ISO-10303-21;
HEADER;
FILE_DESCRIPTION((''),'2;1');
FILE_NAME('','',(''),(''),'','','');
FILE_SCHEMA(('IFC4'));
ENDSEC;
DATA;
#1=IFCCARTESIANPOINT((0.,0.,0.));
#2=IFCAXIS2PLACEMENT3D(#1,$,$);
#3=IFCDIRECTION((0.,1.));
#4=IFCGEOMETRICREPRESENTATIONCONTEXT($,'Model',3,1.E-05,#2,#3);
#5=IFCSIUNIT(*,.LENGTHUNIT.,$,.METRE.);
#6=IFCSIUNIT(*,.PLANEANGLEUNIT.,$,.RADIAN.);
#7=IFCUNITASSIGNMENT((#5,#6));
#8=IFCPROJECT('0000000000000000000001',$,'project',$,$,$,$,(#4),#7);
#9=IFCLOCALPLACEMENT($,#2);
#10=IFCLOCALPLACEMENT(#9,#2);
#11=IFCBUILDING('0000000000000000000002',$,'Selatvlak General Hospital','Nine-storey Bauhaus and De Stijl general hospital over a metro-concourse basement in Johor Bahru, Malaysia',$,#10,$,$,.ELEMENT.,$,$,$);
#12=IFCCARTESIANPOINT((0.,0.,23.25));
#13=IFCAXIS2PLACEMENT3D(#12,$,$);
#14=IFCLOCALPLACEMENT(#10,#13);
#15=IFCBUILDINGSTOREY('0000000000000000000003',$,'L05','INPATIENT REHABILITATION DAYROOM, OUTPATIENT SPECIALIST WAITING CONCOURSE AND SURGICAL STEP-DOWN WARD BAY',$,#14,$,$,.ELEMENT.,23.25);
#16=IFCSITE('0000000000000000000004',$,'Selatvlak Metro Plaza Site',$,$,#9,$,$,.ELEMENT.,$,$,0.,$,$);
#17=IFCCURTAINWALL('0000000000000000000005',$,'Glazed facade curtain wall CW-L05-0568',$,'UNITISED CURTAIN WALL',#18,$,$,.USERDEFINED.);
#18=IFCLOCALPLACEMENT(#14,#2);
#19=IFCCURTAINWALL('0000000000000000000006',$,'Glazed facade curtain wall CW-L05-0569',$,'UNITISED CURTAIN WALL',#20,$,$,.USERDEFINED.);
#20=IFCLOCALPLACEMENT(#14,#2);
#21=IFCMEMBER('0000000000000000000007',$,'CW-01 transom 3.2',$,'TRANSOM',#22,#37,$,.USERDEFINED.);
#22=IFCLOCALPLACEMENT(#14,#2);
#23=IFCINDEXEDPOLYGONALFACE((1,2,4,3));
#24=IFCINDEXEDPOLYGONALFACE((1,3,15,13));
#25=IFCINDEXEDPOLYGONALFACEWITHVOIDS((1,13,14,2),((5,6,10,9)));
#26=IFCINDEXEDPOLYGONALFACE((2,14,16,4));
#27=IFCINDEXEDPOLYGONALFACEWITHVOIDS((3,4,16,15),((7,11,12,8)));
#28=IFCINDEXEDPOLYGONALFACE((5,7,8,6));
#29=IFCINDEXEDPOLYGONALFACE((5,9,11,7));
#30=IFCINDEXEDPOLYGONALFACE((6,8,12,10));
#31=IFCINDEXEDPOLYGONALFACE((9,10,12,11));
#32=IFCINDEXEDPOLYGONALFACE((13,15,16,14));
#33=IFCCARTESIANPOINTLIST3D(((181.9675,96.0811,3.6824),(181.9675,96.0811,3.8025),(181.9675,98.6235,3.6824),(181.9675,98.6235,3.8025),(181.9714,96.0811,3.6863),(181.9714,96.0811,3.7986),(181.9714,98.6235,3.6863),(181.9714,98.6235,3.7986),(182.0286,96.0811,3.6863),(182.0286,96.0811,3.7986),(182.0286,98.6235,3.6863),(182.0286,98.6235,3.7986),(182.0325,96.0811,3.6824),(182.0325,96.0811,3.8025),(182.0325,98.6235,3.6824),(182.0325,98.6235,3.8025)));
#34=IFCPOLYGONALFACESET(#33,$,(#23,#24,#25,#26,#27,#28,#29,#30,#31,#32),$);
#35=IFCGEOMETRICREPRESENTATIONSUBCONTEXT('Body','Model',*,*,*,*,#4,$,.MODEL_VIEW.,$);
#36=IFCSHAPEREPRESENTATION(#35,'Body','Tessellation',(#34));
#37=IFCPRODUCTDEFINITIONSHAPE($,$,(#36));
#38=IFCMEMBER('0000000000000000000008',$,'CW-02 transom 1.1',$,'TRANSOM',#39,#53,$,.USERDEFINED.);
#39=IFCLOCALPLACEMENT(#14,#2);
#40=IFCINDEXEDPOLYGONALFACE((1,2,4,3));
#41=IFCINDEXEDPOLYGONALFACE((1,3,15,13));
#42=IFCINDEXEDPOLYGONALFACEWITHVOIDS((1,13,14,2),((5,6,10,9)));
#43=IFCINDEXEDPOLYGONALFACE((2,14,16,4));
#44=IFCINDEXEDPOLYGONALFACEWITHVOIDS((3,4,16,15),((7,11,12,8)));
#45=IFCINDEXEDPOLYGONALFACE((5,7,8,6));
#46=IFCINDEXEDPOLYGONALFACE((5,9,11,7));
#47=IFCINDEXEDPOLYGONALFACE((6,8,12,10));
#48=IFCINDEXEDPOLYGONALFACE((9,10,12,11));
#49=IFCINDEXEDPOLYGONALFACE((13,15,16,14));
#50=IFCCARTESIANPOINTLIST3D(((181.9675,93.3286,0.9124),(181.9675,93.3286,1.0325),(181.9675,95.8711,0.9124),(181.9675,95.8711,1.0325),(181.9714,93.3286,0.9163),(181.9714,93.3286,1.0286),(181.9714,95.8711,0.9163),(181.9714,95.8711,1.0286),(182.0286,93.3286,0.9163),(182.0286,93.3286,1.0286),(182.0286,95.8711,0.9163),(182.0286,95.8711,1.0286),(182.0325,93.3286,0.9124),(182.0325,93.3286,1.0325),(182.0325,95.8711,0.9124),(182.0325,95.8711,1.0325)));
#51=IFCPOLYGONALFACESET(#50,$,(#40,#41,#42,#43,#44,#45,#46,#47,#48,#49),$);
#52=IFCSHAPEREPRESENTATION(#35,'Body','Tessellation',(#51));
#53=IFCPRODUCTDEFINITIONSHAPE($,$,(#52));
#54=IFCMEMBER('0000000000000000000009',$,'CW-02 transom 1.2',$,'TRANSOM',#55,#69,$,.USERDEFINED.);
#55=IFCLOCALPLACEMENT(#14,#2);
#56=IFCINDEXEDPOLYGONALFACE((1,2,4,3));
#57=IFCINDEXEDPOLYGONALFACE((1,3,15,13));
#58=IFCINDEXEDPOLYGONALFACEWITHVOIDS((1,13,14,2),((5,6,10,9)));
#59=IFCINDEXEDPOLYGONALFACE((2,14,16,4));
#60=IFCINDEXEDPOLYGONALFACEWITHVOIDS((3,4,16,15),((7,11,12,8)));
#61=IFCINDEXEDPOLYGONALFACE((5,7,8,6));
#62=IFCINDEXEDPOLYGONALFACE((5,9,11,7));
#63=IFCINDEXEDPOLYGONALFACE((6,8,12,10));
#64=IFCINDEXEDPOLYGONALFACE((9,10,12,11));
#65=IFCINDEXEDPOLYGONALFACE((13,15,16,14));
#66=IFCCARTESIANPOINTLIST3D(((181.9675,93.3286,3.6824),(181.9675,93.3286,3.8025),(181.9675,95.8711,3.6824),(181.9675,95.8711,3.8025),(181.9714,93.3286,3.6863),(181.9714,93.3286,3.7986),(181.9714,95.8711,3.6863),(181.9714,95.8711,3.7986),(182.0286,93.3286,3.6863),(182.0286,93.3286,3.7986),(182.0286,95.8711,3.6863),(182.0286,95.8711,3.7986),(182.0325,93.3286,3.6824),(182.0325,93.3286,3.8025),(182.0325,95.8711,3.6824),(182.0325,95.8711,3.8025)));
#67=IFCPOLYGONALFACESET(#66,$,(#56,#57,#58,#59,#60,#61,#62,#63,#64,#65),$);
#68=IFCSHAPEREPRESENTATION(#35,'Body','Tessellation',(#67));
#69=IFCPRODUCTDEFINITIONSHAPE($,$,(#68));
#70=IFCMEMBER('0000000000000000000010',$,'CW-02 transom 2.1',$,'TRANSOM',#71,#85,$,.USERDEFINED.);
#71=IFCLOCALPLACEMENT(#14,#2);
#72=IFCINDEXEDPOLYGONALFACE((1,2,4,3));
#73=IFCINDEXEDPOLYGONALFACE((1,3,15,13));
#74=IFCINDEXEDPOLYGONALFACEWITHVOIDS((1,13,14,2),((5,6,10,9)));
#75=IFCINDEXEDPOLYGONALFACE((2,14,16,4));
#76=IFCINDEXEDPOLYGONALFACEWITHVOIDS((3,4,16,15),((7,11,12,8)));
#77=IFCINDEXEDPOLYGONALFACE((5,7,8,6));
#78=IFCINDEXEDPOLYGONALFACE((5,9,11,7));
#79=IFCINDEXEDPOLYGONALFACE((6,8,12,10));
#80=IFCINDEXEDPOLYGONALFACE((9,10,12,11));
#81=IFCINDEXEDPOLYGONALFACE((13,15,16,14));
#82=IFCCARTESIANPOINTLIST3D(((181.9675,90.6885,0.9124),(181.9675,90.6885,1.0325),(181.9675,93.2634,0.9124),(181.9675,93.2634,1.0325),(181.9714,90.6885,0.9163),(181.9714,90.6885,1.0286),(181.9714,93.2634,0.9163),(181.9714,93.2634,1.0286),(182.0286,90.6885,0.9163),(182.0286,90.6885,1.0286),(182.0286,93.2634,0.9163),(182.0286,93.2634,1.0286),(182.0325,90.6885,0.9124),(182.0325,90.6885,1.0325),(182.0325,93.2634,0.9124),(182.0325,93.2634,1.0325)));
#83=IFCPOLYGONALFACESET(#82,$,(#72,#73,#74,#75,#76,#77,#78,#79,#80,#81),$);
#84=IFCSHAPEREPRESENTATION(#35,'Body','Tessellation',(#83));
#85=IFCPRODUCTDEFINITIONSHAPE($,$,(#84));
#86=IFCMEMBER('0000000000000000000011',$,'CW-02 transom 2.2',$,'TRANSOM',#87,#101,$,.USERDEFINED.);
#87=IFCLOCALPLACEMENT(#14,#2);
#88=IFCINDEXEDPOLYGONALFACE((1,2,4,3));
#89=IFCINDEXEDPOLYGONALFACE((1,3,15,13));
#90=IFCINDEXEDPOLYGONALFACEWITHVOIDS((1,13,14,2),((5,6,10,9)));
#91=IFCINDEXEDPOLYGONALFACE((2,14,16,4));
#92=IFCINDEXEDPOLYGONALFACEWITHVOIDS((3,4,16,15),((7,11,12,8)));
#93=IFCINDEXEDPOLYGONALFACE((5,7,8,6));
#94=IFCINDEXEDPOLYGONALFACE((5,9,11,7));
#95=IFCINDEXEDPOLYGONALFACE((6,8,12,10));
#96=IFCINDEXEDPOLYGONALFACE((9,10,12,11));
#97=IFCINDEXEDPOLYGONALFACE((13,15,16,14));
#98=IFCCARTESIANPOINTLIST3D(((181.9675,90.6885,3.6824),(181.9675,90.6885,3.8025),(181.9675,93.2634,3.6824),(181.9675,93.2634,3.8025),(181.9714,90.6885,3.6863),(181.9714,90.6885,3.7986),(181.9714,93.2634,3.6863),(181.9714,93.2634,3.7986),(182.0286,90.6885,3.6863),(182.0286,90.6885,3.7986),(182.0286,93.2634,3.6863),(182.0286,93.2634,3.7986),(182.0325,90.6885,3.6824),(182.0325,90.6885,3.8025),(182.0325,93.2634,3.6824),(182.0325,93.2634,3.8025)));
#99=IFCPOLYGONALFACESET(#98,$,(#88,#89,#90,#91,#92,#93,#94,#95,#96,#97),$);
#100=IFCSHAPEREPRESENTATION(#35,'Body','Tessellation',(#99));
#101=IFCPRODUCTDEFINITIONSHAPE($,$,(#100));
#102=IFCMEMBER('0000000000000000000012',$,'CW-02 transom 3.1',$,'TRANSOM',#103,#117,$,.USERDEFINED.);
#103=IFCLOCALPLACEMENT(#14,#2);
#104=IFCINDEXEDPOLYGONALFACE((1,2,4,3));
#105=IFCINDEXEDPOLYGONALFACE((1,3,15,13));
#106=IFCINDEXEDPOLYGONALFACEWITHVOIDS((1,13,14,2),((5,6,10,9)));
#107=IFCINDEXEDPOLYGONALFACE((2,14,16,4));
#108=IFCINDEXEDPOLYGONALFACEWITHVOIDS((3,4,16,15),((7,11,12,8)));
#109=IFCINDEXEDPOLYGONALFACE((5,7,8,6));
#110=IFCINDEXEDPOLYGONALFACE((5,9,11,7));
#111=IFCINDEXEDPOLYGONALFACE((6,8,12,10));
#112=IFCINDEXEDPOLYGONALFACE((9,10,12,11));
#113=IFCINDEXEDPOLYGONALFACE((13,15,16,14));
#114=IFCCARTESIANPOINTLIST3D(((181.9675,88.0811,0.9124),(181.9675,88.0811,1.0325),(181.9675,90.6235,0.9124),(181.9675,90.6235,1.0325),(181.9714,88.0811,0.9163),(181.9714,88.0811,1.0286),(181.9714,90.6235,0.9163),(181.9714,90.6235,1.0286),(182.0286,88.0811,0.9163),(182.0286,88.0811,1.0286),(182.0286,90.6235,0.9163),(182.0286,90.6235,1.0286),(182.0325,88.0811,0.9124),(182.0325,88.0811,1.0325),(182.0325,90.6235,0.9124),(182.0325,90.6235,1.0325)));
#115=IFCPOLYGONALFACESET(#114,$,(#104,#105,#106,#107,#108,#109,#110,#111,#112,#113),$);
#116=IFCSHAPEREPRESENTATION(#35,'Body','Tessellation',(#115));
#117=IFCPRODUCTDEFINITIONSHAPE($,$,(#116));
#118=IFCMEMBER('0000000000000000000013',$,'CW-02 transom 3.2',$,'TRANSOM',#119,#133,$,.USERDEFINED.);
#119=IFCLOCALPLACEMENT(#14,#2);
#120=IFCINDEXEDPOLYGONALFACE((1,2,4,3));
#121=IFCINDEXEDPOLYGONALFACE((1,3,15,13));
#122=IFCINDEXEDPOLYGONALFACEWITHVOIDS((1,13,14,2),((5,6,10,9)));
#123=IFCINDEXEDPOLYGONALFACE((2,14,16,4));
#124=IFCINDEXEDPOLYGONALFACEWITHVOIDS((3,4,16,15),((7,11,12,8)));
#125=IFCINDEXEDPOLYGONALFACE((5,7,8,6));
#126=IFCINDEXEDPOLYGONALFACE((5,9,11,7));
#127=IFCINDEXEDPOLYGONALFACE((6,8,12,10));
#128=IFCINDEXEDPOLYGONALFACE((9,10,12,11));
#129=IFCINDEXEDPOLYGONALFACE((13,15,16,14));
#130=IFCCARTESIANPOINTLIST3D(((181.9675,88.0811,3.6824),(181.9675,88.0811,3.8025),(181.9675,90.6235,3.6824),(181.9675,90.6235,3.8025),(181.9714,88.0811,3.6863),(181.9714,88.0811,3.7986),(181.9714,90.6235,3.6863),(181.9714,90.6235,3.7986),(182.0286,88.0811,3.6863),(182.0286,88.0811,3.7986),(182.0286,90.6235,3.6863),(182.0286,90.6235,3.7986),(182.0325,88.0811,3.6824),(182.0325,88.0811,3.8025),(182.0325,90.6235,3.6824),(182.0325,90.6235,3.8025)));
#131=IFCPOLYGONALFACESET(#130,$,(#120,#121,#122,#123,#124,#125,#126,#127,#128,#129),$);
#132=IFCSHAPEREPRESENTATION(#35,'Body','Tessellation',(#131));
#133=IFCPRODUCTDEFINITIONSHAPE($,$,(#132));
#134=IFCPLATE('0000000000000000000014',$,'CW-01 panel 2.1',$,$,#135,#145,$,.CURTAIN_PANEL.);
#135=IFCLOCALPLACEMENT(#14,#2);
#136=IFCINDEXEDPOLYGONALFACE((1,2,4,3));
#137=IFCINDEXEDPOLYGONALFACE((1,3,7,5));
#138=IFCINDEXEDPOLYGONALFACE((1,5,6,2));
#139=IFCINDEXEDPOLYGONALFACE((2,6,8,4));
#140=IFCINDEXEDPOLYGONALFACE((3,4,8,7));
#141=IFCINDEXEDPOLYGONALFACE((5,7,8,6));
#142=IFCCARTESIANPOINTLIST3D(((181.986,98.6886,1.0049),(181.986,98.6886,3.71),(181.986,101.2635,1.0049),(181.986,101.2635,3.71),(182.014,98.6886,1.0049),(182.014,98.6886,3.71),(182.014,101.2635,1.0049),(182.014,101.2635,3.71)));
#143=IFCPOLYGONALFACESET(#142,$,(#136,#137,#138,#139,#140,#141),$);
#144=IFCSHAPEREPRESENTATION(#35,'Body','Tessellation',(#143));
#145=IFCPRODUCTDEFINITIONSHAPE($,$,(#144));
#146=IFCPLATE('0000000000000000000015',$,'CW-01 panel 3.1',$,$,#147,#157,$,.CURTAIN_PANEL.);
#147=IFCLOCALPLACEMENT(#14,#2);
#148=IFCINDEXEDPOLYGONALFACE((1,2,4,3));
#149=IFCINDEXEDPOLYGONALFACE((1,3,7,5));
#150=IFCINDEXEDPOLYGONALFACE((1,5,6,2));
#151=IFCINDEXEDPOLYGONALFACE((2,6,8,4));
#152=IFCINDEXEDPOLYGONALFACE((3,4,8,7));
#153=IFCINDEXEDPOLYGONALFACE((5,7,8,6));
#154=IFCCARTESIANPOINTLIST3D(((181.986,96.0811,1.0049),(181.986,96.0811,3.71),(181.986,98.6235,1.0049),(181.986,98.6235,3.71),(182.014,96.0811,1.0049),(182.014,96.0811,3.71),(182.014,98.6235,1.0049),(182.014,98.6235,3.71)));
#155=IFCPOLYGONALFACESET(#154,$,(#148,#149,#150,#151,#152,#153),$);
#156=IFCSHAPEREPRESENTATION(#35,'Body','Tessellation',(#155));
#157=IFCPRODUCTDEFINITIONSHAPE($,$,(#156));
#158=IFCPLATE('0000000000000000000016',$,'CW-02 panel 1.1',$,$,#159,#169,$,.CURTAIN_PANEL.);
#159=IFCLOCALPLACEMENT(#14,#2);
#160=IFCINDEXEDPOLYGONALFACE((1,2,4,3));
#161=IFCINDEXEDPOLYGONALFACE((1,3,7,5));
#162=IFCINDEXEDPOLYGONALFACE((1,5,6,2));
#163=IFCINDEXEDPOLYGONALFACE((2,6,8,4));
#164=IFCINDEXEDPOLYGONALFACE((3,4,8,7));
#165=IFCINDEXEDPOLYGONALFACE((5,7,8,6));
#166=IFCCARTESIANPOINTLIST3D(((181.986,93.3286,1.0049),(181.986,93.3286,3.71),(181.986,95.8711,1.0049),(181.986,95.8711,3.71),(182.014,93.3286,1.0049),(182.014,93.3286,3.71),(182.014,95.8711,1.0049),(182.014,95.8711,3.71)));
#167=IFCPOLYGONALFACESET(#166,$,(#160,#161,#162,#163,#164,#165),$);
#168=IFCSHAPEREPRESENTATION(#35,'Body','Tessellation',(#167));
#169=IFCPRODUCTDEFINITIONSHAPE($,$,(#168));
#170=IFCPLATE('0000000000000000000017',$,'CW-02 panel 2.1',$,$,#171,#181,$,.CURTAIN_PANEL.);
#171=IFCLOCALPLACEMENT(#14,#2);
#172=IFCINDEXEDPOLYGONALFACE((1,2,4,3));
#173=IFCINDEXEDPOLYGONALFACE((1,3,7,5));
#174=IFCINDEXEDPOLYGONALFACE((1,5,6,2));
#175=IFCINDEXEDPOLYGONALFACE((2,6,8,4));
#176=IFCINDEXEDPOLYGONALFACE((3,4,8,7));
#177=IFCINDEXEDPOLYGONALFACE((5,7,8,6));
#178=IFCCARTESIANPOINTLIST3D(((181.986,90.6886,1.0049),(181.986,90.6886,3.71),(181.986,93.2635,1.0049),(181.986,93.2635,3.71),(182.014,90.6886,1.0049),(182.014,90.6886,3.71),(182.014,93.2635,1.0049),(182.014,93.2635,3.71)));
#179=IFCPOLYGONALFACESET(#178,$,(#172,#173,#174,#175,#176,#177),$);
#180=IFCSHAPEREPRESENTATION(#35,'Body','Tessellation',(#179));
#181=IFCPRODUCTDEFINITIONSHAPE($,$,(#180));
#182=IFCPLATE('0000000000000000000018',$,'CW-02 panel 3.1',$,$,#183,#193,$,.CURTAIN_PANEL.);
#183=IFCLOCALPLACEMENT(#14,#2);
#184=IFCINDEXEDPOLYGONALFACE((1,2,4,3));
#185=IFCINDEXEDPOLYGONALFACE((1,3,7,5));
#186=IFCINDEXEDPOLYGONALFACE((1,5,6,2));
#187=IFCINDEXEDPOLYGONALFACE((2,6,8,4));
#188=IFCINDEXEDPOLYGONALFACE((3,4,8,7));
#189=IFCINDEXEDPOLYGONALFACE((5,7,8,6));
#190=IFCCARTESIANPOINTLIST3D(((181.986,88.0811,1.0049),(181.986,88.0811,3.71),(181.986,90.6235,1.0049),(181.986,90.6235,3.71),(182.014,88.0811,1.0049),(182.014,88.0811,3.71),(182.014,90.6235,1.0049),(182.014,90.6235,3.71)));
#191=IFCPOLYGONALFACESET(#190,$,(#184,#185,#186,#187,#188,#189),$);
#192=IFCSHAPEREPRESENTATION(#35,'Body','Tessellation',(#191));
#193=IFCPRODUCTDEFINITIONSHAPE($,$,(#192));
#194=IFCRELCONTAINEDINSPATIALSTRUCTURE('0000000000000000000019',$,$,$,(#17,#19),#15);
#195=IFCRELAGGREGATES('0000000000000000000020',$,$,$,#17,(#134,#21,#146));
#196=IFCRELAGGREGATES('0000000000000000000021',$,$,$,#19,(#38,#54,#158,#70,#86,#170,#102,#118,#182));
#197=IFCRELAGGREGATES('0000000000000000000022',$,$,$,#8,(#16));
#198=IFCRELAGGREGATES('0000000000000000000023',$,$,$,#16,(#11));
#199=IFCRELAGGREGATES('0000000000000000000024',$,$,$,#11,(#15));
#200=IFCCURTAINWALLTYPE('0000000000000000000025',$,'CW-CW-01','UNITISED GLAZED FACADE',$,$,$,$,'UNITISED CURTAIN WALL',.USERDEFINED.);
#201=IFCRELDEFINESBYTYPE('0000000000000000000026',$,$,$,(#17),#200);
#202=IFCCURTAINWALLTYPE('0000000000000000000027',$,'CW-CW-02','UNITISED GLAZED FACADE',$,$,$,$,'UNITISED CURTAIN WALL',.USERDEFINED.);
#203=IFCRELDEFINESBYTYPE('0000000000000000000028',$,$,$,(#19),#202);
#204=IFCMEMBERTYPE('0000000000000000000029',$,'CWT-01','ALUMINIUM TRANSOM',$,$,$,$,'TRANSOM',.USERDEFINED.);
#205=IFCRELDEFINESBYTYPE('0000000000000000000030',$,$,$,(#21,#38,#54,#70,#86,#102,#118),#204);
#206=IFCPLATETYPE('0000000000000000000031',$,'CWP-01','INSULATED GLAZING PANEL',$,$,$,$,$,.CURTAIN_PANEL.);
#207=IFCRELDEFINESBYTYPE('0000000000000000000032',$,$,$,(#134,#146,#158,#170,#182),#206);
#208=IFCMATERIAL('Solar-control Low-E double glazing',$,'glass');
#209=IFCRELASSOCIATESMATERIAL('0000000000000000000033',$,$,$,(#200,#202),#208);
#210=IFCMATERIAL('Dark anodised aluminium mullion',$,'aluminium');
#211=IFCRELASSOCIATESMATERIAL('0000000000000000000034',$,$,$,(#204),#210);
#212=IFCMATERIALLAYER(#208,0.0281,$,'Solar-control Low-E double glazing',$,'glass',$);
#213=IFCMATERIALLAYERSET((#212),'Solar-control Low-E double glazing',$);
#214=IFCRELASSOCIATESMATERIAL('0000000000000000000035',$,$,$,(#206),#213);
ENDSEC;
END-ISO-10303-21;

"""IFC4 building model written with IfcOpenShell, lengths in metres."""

from ifc_helpers import new_model, si_unit, direction, frame, origin, origin_2d, place, context, subcontext, project, spatial, rectangle, hollow_rectangle, extrude, material, layer, layer_set, material_profile, profile_set, type_object, element, aggregate, save


model = new_model("IFC4")

# Units and contexts
model_context = context("Model", 3, precision=1e-05, world=origin(), true_north=direction((0.0, 1.0)))
body_context = subcontext(model_context, "Body", "Model", "MODEL_VIEW")
ifc_project = project(units=[si_unit("LENGTHUNIT", "METRE"), si_unit("PLANEANGLEUNIT", "RADIAN")], contexts=[model_context])

# Site, building, storey
site_placement = place(None, origin())
site = spatial("IfcSite", under=ifc_project, at=site_placement, Name="Selatvlak Metro Plaza Site", CompositionType="ELEMENT", RefElevation=0.0)
building_placement = place(site_placement, origin())
building = spatial("IfcBuilding", under=site, at=building_placement, Name="Selatvlak General Hospital", Description="Nine-storey Bauhaus and De Stijl general hospital over a metro-concourse basement in Johor Bahru, Malaysia", CompositionType="ELEMENT")
storey_placement = place(building_placement, frame((0.0, 0.0, 23.25)))
storey = spatial("IfcBuildingStorey", under=building, at=storey_placement, Name="L05", Description="INPATIENT REHABILITATION DAYROOM, OUTPATIENT SPECIALIST WAITING CONCOURSE AND SURGICAL STEP-DOWN WARD BAY", CompositionType="ELEMENT", Elevation=23.25)

# Curtain walls
ifc_material_1 = material(Name="Solar-control Low-E double glazing", Category="glass")
curtain_wall_type_1 = type_object("IfcCurtainWallType", Name="CW-CW-01", Description="UNITISED GLAZED FACADE", ElementType="UNITISED CURTAIN WALL", PredefinedType="USERDEFINED", material=ifc_material_1)
curtain_wall_1_placement = place(storey_placement, origin())
curtain_wall_1 = element("IfcCurtainWall", 1, at=curtain_wall_1_placement, inside=storey, type_object=curtain_wall_type_1, Name="Glazed facade curtain wall CW-L05-0568", ObjectType="UNITISED CURTAIN WALL", PredefinedType="USERDEFINED")
ifc_material_2 = material(Name="Dark anodised aluminium mullion", Category="aluminium")
curtain_wall_type_2 = type_object("IfcCurtainWallType", Name="CW-CW-02", Description="UNITISED GLAZED FACADE", ElementType="UNITISED CURTAIN WALL", PredefinedType="USERDEFINED", material=ifc_material_1)
curtain_wall_2_placement = place(storey_placement, origin())
curtain_wall_2 = element("IfcCurtainWall", 2, at=curtain_wall_2_placement, inside=storey, type_object=curtain_wall_type_2, Name="Glazed facade curtain wall CW-L05-0569", ObjectType="UNITISED CURTAIN WALL", PredefinedType="USERDEFINED")

# Members
ifc_material_profile_1 = material_profile(ifc_material_2, hollow_rectangle(XDim=0.0649, YDim=0.1201, WallThickness=0.0039, at=origin_2d()), Name="AL-TRN 65x120x4")
ifc_profile_set_1 = profile_set([ifc_material_profile_1], Name="Dark anodised aluminium mullion")
member_type_1 = type_object("IfcMemberType", Name="CWT-01", Description="ALUMINIUM TRANSOM", ElementType="TRANSOM", PredefinedType="USERDEFINED", material=ifc_profile_set_1)
member_1_placement = place(storey_placement, frame((182.0, 98.6235, 3.7424), z_axis=(0.0, -1.0, 0.0), x_axis=(1.0, 0.0, 0.0)))
member_1 = element("IfcMember", 3, at=member_1_placement, type_object=member_type_1, Name="CW-01 transom 3.2", ObjectType="TRANSOM", PredefinedType="USERDEFINED", context=body_context, shape_type="SweptSolid", body=[
    extrude(hollow_rectangle(XDim=0.0649, YDim=0.1201, WallThickness=0.0039, at=origin_2d()), origin(), (0.0, 0.0, 1.0), 2.5425),
])
member_2_placement = place(storey_placement, frame((182.0, 95.8711, 0.9724), z_axis=(0.0, -1.0, 0.0), x_axis=(1.0, 0.0, 0.0)))
member_2 = element("IfcMember", 4, at=member_2_placement, type_object=member_type_1, Name="CW-02 transom 1.1", ObjectType="TRANSOM", PredefinedType="USERDEFINED", context=body_context, shape_type="SweptSolid", body=[
    extrude(hollow_rectangle(XDim=0.0649, YDim=0.1201, WallThickness=0.0039, at=origin_2d()), origin(), (0.0, 0.0, 1.0), 2.5425),
])
member_3_placement = place(storey_placement, frame((182.0, 95.8711, 3.7424), z_axis=(0.0, -1.0, 0.0), x_axis=(1.0, 0.0, 0.0)))
member_3 = element("IfcMember", 5, at=member_3_placement, type_object=member_type_1, Name="CW-02 transom 1.2", ObjectType="TRANSOM", PredefinedType="USERDEFINED", context=body_context, shape_type="SweptSolid", body=[
    extrude(hollow_rectangle(XDim=0.0649, YDim=0.1201, WallThickness=0.0039, at=origin_2d()), origin(), (0.0, 0.0, 1.0), 2.5425),
])
member_4_placement = place(storey_placement, frame((182.0, 93.2634, 0.9724), z_axis=(0.0, -1.0, 0.0), x_axis=(1.0, 0.0, 0.0)))
member_4 = element("IfcMember", 6, at=member_4_placement, type_object=member_type_1, Name="CW-02 transom 2.1", ObjectType="TRANSOM", PredefinedType="USERDEFINED", context=body_context, shape_type="SweptSolid", body=[
    extrude(hollow_rectangle(XDim=0.0649, YDim=0.1201, WallThickness=0.0039, at=origin_2d()), origin(), (0.0, 0.0, 1.0), 2.575),
])
member_5_placement = place(storey_placement, frame((182.0, 93.2634, 3.7424), z_axis=(0.0, -1.0, 0.0), x_axis=(1.0, 0.0, 0.0)))
member_5 = element("IfcMember", 7, at=member_5_placement, type_object=member_type_1, Name="CW-02 transom 2.2", ObjectType="TRANSOM", PredefinedType="USERDEFINED", context=body_context, shape_type="SweptSolid", body=[
    extrude(hollow_rectangle(XDim=0.0649, YDim=0.1201, WallThickness=0.0039, at=origin_2d()), origin(), (0.0, 0.0, 1.0), 2.575),
])
member_6_placement = place(storey_placement, frame((182.0, 90.6235, 0.9724), z_axis=(0.0, -1.0, 0.0), x_axis=(1.0, 0.0, 0.0)))
member_6 = element("IfcMember", 8, at=member_6_placement, type_object=member_type_1, Name="CW-02 transom 3.1", ObjectType="TRANSOM", PredefinedType="USERDEFINED", context=body_context, shape_type="SweptSolid", body=[
    extrude(hollow_rectangle(XDim=0.0649, YDim=0.1201, WallThickness=0.0039, at=origin_2d()), origin(), (0.0, 0.0, 1.0), 2.5425),
])
member_7_placement = place(storey_placement, frame((182.0, 90.6235, 3.7424), z_axis=(0.0, -1.0, 0.0), x_axis=(1.0, 0.0, 0.0)))
member_7 = element("IfcMember", 9, at=member_7_placement, type_object=member_type_1, Name="CW-02 transom 3.2", ObjectType="TRANSOM", PredefinedType="USERDEFINED", context=body_context, shape_type="SweptSolid", body=[
    extrude(hollow_rectangle(XDim=0.0649, YDim=0.1201, WallThickness=0.0039, at=origin_2d()), origin(), (0.0, 0.0, 1.0), 2.5425),
])

# Plates
ifc_layer_1 = layer(ifc_material_1, 0.0281, Name="Solar-control Low-E double glazing", Category="glass")
ifc_layer_set_1 = layer_set([ifc_layer_1], Name="Solar-control Low-E double glazing")
plate_type = type_object("IfcPlateType", Name="CWP-01", Description="INSULATED GLAZING PANEL", PredefinedType="CURTAIN_PANEL", material=ifc_layer_set_1)
plate_1_placement = place(storey_placement, frame((182.0, 99.9761, 1.0049), z_axis=(0.0, 0.0, 1.0), x_axis=(0.0, -1.0, 0.0)))
plate_1 = element("IfcPlate", 10, at=plate_1_placement, type_object=plate_type, Name="CW-01 panel 2.1", PredefinedType="CURTAIN_PANEL", context=body_context, shape_type="SweptSolid", body=[
    extrude(rectangle(XDim=2.575, YDim=0.0281, at=origin_2d()), origin(), (0.0, 0.0, 1.0), 2.7051),
])
plate_2_placement = place(storey_placement, frame((182.0, 97.3523, 1.0049), z_axis=(0.0, 0.0, 1.0), x_axis=(0.0, -1.0, 0.0)))
plate_2 = element("IfcPlate", 11, at=plate_2_placement, type_object=plate_type, Name="CW-01 panel 3.1", PredefinedType="CURTAIN_PANEL", context=body_context, shape_type="SweptSolid", body=[
    extrude(rectangle(XDim=2.5425, YDim=0.0281, at=origin_2d()), origin(), (0.0, 0.0, 1.0), 2.7051),
])
aggregate(curtain_wall_1, [plate_1, member_1, plate_2])
plate_3_placement = place(storey_placement, frame((182.0, 94.5999, 1.0049), z_axis=(0.0, 0.0, 1.0), x_axis=(0.0, -1.0, 0.0)))
plate_3 = element("IfcPlate", 12, at=plate_3_placement, type_object=plate_type, Name="CW-02 panel 1.1", PredefinedType="CURTAIN_PANEL", context=body_context, shape_type="SweptSolid", body=[
    extrude(rectangle(XDim=2.5425, YDim=0.0281, at=origin_2d()), origin(), (0.0, 0.0, 1.0), 2.7051),
])
plate_4_placement = place(storey_placement, frame((182.0, 91.9761, 1.0049), z_axis=(0.0, 0.0, 1.0), x_axis=(0.0, -1.0, 0.0)))
plate_4 = element("IfcPlate", 13, at=plate_4_placement, type_object=plate_type, Name="CW-02 panel 2.1", PredefinedType="CURTAIN_PANEL", context=body_context, shape_type="SweptSolid", body=[
    extrude(rectangle(XDim=2.575, YDim=0.0281, at=origin_2d()), origin(), (0.0, 0.0, 1.0), 2.7051),
])
plate_5_placement = place(storey_placement, frame((182.0, 89.3523, 1.0049), z_axis=(0.0, 0.0, 1.0), x_axis=(0.0, -1.0, 0.0)))
plate_5 = element("IfcPlate", 14, at=plate_5_placement, type_object=plate_type, Name="CW-02 panel 3.1", PredefinedType="CURTAIN_PANEL", context=body_context, shape_type="SweptSolid", body=[
    extrude(rectangle(XDim=2.5425, YDim=0.0281, at=origin_2d()), origin(), (0.0, 0.0, 1.0), 2.7051),
])
aggregate(curtain_wall_2, [member_2, member_3, plate_3, member_4, member_5, plate_4, member_6, member_7, plate_5])

save(model, "model.ifc")
